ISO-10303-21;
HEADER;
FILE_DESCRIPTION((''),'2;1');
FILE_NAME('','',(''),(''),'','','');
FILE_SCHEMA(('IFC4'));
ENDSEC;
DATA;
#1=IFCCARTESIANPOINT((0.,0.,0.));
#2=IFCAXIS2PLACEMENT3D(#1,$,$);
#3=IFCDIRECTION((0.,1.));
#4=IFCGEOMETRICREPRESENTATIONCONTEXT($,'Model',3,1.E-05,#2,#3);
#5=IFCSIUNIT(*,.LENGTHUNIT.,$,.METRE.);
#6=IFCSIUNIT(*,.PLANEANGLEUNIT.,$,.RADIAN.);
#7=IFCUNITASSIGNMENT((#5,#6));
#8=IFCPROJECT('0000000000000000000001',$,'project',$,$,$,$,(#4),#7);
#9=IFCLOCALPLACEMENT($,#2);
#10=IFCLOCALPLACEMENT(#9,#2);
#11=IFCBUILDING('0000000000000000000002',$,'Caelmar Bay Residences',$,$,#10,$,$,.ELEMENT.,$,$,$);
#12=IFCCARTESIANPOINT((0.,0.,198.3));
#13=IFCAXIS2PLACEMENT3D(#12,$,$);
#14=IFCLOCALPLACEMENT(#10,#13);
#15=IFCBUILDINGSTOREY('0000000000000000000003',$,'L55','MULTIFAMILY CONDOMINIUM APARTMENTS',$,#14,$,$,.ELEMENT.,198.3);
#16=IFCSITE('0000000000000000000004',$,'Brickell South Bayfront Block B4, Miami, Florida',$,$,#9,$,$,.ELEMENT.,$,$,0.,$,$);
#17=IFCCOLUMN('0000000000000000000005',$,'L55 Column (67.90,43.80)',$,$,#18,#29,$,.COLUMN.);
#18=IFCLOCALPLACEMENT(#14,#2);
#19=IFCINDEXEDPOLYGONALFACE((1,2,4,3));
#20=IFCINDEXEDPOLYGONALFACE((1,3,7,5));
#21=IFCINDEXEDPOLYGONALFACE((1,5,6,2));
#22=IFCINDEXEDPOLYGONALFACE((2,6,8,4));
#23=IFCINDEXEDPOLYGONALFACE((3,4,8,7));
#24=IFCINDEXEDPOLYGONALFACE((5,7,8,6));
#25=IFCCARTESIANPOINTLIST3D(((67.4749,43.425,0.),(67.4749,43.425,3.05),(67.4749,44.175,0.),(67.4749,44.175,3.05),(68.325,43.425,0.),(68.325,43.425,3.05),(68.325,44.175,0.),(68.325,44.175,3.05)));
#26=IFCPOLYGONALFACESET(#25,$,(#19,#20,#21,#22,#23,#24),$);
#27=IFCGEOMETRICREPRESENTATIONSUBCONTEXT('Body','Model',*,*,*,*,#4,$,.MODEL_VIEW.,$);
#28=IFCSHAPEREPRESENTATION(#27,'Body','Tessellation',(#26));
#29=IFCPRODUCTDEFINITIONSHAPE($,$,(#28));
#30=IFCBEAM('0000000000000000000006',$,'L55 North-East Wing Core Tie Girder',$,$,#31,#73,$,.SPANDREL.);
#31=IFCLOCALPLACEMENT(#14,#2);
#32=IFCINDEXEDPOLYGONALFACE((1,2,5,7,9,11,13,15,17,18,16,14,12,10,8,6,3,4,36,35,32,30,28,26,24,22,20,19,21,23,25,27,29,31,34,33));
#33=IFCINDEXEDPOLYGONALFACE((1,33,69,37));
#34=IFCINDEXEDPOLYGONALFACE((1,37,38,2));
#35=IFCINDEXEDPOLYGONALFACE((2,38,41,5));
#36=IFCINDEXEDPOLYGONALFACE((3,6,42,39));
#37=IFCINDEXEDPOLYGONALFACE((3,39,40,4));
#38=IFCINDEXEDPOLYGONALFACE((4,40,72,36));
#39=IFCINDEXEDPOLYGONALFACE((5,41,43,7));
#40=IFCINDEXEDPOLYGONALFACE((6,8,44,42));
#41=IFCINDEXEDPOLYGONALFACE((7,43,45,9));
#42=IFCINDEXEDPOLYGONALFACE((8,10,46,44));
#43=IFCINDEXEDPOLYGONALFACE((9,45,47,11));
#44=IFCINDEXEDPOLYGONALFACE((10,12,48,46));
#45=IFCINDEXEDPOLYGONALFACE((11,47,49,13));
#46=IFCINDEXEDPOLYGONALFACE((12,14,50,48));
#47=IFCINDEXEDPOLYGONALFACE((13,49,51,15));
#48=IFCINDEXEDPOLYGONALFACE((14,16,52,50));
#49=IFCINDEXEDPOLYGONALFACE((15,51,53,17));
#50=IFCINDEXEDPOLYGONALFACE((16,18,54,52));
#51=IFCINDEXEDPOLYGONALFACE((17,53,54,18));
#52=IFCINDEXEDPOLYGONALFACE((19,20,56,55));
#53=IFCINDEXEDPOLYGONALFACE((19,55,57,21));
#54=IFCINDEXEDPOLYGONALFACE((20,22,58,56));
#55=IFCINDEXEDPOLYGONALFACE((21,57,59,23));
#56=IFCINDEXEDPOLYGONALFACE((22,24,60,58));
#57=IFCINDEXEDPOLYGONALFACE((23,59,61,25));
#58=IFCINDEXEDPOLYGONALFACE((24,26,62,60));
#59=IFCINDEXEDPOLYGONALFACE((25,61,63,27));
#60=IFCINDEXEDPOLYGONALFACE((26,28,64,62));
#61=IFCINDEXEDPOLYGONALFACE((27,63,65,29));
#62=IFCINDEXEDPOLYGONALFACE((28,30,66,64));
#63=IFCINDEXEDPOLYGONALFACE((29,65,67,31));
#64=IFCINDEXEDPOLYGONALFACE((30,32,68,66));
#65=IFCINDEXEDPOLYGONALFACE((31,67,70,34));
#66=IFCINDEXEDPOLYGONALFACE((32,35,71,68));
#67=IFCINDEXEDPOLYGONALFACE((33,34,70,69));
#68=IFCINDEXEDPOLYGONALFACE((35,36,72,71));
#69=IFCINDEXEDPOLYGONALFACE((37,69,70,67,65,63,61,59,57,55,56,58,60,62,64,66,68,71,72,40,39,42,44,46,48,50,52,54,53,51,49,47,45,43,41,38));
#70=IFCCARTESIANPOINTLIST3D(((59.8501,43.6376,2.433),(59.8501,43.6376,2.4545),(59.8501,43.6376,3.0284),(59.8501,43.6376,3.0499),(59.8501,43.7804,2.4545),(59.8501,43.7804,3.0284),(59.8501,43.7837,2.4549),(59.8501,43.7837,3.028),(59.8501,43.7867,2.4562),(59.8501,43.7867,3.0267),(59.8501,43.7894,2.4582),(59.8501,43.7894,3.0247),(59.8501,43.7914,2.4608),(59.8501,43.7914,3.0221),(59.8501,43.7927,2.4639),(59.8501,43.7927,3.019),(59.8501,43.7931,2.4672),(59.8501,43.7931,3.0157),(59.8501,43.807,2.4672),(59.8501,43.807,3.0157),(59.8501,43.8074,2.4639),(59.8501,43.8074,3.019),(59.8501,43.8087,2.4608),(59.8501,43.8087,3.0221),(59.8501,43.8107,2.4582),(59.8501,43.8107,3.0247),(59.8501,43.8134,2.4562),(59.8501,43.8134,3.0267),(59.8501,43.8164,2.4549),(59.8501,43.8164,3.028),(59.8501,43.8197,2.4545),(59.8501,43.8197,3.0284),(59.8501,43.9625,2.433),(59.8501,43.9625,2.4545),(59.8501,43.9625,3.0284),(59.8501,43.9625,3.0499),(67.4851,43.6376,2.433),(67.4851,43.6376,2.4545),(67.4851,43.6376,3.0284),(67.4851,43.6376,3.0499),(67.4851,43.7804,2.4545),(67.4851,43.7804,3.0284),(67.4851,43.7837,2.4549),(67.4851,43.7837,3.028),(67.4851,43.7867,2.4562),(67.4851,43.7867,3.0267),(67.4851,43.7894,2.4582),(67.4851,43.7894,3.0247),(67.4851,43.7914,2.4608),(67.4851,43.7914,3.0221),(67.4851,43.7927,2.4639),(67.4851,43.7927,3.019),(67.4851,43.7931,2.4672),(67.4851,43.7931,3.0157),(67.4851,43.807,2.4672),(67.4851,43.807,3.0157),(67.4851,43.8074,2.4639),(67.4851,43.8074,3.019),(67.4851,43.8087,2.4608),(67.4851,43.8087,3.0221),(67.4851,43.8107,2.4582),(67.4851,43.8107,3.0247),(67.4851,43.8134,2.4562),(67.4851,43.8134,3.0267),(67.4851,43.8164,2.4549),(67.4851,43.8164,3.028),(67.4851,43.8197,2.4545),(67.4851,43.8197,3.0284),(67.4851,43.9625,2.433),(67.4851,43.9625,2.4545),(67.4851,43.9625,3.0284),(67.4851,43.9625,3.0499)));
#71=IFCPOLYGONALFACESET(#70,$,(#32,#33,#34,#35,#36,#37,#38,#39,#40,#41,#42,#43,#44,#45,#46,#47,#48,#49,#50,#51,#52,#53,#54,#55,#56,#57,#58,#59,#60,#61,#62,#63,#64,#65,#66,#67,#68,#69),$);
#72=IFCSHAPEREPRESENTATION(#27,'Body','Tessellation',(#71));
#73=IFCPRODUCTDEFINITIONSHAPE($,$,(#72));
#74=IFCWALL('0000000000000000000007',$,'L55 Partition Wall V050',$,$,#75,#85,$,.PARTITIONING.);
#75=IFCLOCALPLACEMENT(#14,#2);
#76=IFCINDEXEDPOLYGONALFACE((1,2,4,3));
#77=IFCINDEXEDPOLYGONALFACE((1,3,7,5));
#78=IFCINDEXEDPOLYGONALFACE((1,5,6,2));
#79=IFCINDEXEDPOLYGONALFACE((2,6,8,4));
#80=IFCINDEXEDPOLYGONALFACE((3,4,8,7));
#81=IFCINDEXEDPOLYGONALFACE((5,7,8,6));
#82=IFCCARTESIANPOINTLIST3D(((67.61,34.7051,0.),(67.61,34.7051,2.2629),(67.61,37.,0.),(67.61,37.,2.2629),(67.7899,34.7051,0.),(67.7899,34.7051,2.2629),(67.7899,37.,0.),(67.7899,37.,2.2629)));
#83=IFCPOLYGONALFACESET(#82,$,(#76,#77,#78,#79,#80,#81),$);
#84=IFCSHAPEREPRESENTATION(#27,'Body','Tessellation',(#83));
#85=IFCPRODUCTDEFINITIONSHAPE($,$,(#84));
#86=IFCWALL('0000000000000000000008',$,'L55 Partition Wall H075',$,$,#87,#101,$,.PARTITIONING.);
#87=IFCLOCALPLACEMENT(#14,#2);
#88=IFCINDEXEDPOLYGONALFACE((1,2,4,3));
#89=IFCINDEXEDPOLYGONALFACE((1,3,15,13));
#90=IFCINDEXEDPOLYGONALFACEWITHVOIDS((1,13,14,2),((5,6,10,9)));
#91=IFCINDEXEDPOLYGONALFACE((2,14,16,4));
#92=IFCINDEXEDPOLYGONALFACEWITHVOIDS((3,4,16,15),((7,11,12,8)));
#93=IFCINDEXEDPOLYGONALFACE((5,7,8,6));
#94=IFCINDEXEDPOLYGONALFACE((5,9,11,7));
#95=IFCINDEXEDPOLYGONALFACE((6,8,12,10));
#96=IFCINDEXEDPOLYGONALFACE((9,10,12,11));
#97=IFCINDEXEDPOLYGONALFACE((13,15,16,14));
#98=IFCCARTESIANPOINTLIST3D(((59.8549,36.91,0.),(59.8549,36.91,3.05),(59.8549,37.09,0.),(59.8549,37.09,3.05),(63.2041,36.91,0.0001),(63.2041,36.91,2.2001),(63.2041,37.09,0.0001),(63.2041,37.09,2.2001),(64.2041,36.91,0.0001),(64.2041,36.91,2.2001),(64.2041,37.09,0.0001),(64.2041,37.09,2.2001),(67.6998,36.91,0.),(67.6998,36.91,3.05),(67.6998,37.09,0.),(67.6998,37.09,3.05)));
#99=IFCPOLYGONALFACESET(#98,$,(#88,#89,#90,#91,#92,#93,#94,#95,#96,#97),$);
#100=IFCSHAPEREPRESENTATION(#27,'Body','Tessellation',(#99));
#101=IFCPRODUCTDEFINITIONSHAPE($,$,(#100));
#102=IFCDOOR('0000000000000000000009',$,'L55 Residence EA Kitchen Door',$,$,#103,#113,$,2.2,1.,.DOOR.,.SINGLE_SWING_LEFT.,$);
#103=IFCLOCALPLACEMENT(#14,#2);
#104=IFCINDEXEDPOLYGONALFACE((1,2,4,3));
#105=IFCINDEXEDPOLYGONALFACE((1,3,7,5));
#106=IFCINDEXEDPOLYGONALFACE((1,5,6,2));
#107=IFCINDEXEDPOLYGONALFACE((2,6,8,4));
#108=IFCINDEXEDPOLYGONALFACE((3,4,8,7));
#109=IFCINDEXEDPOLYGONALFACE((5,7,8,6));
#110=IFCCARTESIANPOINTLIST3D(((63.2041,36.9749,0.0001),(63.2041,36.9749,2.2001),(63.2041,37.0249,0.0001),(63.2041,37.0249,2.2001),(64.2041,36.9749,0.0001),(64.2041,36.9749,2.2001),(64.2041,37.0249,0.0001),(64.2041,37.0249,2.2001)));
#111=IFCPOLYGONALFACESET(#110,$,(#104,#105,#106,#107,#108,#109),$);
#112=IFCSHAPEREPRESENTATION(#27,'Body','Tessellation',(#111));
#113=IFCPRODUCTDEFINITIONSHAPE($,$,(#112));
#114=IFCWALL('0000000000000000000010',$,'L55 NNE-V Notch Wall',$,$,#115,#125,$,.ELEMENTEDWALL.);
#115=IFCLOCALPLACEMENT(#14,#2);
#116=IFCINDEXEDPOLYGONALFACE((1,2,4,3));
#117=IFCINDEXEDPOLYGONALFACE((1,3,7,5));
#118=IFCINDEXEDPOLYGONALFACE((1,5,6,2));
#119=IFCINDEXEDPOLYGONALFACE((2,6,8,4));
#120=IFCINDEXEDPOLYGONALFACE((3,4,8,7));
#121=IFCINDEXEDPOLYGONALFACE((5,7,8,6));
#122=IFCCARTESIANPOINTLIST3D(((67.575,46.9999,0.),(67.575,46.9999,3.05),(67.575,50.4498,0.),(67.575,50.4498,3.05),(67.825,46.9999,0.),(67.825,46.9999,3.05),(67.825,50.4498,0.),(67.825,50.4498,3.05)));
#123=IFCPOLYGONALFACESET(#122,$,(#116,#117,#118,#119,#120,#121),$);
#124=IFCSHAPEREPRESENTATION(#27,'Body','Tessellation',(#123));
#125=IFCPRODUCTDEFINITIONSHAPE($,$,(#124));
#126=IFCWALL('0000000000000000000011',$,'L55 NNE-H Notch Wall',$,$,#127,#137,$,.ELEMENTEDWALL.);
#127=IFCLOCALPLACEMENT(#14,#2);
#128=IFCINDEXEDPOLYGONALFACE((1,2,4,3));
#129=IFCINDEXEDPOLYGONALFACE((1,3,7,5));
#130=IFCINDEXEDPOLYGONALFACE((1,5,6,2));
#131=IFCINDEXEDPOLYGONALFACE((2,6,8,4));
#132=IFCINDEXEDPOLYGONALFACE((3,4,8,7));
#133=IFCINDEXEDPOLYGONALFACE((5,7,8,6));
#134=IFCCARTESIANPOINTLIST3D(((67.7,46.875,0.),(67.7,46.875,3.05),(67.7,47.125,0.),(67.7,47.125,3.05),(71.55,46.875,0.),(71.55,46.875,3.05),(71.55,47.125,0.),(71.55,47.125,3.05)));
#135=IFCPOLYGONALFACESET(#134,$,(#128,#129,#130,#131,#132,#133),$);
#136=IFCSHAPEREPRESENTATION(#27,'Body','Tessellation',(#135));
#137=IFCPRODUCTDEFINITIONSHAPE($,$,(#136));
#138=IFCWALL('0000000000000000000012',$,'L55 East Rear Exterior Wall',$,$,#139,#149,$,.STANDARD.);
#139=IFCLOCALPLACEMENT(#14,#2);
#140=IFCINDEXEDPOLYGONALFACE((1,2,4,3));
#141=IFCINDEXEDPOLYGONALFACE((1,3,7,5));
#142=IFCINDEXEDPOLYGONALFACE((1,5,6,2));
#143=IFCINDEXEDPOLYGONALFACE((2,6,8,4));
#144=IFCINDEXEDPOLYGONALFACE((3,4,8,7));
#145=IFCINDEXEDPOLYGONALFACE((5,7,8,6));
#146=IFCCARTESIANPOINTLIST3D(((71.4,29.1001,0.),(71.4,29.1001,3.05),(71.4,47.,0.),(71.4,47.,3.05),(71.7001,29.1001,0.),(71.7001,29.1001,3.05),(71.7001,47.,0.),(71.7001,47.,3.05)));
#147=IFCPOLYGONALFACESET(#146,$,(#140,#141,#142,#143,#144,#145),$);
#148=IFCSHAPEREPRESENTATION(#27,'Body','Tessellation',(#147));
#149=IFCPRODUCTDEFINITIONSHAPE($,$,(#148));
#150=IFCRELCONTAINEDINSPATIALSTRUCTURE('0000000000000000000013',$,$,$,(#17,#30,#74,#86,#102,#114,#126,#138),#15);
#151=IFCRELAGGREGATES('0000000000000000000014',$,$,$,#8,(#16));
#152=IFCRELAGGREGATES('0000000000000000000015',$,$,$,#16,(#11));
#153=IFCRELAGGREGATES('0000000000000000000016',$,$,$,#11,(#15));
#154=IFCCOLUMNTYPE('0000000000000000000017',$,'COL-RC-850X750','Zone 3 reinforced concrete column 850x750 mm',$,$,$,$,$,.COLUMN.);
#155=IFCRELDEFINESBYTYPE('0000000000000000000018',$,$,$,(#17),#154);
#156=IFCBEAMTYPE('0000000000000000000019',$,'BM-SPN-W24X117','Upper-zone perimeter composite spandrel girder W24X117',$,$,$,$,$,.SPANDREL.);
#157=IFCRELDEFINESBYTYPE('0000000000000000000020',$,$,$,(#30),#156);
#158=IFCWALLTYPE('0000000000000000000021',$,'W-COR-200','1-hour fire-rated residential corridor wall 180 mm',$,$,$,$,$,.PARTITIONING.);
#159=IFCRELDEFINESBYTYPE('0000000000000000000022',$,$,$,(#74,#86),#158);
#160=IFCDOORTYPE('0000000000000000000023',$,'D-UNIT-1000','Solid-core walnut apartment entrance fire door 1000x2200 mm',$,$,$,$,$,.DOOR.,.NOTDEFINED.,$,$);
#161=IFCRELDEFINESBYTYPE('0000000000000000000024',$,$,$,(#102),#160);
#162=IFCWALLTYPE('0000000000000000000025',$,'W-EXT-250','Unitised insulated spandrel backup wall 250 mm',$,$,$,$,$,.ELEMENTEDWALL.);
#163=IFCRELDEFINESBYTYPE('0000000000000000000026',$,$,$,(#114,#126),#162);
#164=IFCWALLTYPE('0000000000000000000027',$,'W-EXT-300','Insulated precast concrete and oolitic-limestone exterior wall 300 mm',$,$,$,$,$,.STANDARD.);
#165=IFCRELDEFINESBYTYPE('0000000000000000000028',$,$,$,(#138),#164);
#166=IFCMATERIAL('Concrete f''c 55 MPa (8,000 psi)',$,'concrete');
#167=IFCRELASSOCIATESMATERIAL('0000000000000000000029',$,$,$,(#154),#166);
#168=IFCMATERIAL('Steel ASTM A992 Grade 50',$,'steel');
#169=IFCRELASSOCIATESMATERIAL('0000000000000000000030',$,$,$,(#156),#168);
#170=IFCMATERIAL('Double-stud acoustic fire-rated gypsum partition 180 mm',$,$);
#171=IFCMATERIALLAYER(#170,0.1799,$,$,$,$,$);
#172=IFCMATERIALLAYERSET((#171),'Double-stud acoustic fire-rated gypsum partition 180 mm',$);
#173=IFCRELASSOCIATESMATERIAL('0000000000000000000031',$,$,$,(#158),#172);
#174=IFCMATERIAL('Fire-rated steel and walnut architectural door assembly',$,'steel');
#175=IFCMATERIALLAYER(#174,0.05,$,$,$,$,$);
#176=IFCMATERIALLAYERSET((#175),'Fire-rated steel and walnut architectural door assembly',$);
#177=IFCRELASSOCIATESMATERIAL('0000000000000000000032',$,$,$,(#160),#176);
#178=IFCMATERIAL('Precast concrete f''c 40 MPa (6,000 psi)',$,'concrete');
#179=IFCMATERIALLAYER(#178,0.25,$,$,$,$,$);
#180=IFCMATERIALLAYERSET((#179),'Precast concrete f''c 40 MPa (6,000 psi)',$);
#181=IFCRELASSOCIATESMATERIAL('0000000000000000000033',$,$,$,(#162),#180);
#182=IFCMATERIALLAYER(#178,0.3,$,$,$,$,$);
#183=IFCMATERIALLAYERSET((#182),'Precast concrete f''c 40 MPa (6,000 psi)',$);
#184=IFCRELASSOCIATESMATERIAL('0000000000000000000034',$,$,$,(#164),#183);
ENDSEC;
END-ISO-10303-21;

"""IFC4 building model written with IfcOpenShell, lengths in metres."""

from ifc_helpers import new_model, si_unit, direction, frame, frame_2d, origin, origin_2d, place, context, subcontext, project, spatial, rectangle, i_section, extrude, material, layer, layer_set, material_profile, profile_set, type_object, element, fill, save


model = new_model("IFC4")

# Units and contexts
model_context = context("Model", 3, precision=1e-05, world=origin(), true_north=direction((0.0, 1.0)))
body_context = subcontext(model_context, "Body", "Model", "MODEL_VIEW")
ifc_project = project(units=[si_unit("LENGTHUNIT", "METRE"), si_unit("PLANEANGLEUNIT", "RADIAN")], contexts=[model_context])

# Site, building, storey
site_placement = place(None, origin())
site = spatial("IfcSite", under=ifc_project, at=site_placement, Name="Brickell South Bayfront Block B4, Miami, Florida", CompositionType="ELEMENT", RefElevation=0.0)
building_placement = place(site_placement, origin())
building = spatial("IfcBuilding", under=site, at=building_placement, Name="Caelmar Bay Residences", CompositionType="ELEMENT")
storey_placement = place(building_placement, frame((0.0, 0.0, 198.3)))
storey = spatial("IfcBuildingStorey", under=building, at=storey_placement, Name="L55", Description="MULTIFAMILY CONDOMINIUM APARTMENTS", CompositionType="ELEMENT", Elevation=198.3)

# Column
ifc_material_1 = material(Name="Concrete f'c 55 MPa (8,000 psi)", Category="concrete")
ifc_material_profile_1 = material_profile(ifc_material_1, rectangle(XDim=0.8501, YDim=0.75, at=origin_2d()), Name="RC-COL-850X750")
ifc_profile_set_1 = profile_set([ifc_material_profile_1], Name="Concrete f'c 55 MPa (8,000 psi)")
column_type = type_object("IfcColumnType", Name="COL-RC-850X750", Description="Zone 3 reinforced concrete column 850x750 mm", PredefinedType="COLUMN", material=ifc_profile_set_1)
column_placement = place(storey_placement, frame((67.8999, 43.8, 0.0), z_axis=(0.0, 0.0, 1.0), x_axis=(1.0, 0.0, 0.0)))
element("IfcColumn", 1, at=column_placement, inside=storey, type_object=column_type, Name="L55 Column (67.90,43.80)", PredefinedType="COLUMN", context=body_context, shape_type="SweptSolid", body=[
    extrude(rectangle(XDim=0.8501, YDim=0.75, at=origin_2d()), origin(), (0.0, 0.0, 1.0), 3.05),
])

# Beam
ifc_material_2 = material(Name="Steel ASTM A992 Grade 50", Category="steel")
ifc_material_profile_2 = material_profile(ifc_material_2, i_section(OverallWidth=0.325, OverallDepth=0.6169, WebThickness=0.0139, FlangeThickness=0.0215, FilletRadius=0.0127, at=origin_2d()), Name="W24X117")
ifc_profile_set_2 = profile_set([ifc_material_profile_2], Name="Steel ASTM A992 Grade 50")
beam_type = type_object("IfcBeamType", Name="BM-SPN-W24X117", Description="Upper-zone perimeter composite spandrel girder W24X117", PredefinedType="SPANDREL", material=ifc_profile_set_2)
beam_placement = place(storey_placement, frame((59.8501, 43.8, 2.7415), z_axis=(1.0, 0.0, 0.0), x_axis=(0.0, 1.0, 0.0)))
element("IfcBeam", 2, at=beam_placement, inside=storey, type_object=beam_type, Name="L55 North-East Wing Core Tie Girder", PredefinedType="SPANDREL", context=body_context, shape_type="SweptSolid", body=[
    extrude(i_section(OverallWidth=0.325, OverallDepth=0.6169, WebThickness=0.0139, FlangeThickness=0.0215, FilletRadius=0.0127, at=origin_2d()), origin(), (0.0, 0.0, 1.0), 7.635),
])

# Wall
ifc_material_3 = material(Name="Double-stud acoustic fire-rated gypsum partition 180 mm")
ifc_layer_1 = layer(ifc_material_3, 0.1799)
ifc_layer_set_1 = layer_set([ifc_layer_1], Name="Double-stud acoustic fire-rated gypsum partition 180 mm")
wall_type_1 = type_object("IfcWallType", Name="W-COR-200", Description="1-hour fire-rated residential corridor wall 180 mm", PredefinedType="PARTITIONING", material=ifc_layer_set_1)
wall_1_placement = place(storey_placement, frame((67.7, 34.7051, 0.0), z_axis=(0.0, 0.0, 1.0), x_axis=(0.0, 1.0, 0.0)))
element("IfcWall", 3, at=wall_1_placement, inside=storey, type_object=wall_type_1, Name="L55 Partition Wall V050", PredefinedType="PARTITIONING", context=body_context, shape_type="SweptSolid", body=[
    extrude(rectangle(XDim=2.2949, YDim=0.1799, at=frame_2d((1.1475, 0.0))), origin(), (0.0, 0.0, 1.0), 2.2629),
])

# Wall, opening, door
wall_2_placement = place(storey_placement, frame((59.855, 37.0, 0.0), z_axis=(0.0, 0.0, 1.0), x_axis=(1.0, 0.0, 0.0)))
wall_2 = element("IfcWall", 4, at=wall_2_placement, inside=storey, type_object=wall_type_1, Name="L55 Partition Wall H075", PredefinedType="PARTITIONING", context=body_context, shape_type="SweptSolid", body=[
    extrude(rectangle(XDim=7.845, YDim=0.1799, at=frame_2d((3.9224, 0.0))), origin(), (0.0, 0.0, 1.0), 3.05),
])
opening_1_placement = place(wall_2_placement, frame((3.3491, 0.0, 0.0)))
opening_1 = element("IfcOpeningElement", 5, at=opening_1_placement, cuts=wall_2, PredefinedType="OPENING", context=body_context, shape_type="SweptSolid", body=[
    extrude(rectangle(XDim=1.0, YDim=2.2, at=frame_2d((0.5, 1.1001))), frame((0.0, 0.0999, 0.0), z_axis=(0.0, -1.0, 0.0), x_axis=(1.0, 0.0, 0.0)), (0.0, 0.0, 1.0), 0.2),
])
ifc_material_4 = material(Name="Fire-rated steel and walnut architectural door assembly", Category="steel")
ifc_layer_2 = layer(ifc_material_4, 0.05)
ifc_layer_set_2 = layer_set([ifc_layer_2], Name="Fire-rated steel and walnut architectural door assembly")
door_type_1 = type_object("IfcDoorType", Name="D-UNIT-1000", Description="Solid-core walnut apartment entrance fire door 1000x2200 mm", OperationType="NOTDEFINED", PredefinedType="DOOR", material=ifc_layer_set_2)
door_1_placement = place(opening_1_placement, origin())
door_1 = element("IfcDoor", 6, at=door_1_placement, inside=storey, type_object=door_type_1, Name="L55 Residence EA Kitchen Door", OperationType="SINGLE_SWING_LEFT", OverallHeight=2.2, OverallWidth=1.0, PredefinedType="DOOR", context=body_context, shape_type="SweptSolid", body=[
    extrude(rectangle(XDim=1.0, YDim=2.2, at=frame_2d((0.5, 1.1001))), frame((0.0, 0.0249, 0.0), z_axis=(0.0, -1.0, 0.0), x_axis=(1.0, 0.0, 0.0)), (0.0, 0.0, 1.0), 0.05),
])
fill(opening_1, door_1)

# Walls
ifc_material_5 = material(Name="Precast concrete f'c 40 MPa (6,000 psi)", Category="concrete")
ifc_layer_3 = layer(ifc_material_5, 0.25)
ifc_layer_set_3 = layer_set([ifc_layer_3], Name="Precast concrete f'c 40 MPa (6,000 psi)")
wall_type_2 = type_object("IfcWallType", Name="W-EXT-250", Description="Unitised insulated spandrel backup wall 250 mm", PredefinedType="ELEMENTEDWALL", material=ifc_layer_set_3)
wall_3_placement = place(storey_placement, frame((67.7, 50.45, 0.0), z_axis=(0.0, 0.0, 1.0), x_axis=(0.0, -1.0, 0.0)))
element("IfcWall", 7, at=wall_3_placement, inside=storey, type_object=wall_type_2, Name="L55 NNE-V Notch Wall", PredefinedType="ELEMENTEDWALL", context=body_context, shape_type="SweptSolid", body=[
    extrude(rectangle(XDim=3.45, YDim=0.25, at=frame_2d((1.7251, 0.0))), origin(), (0.0, 0.0, 1.0), 3.05),
])
wall_4_placement = place(storey_placement, frame((67.7, 47.0, 0.0), z_axis=(0.0, 0.0, 1.0), x_axis=(1.0, 0.0, 0.0)))
element("IfcWall", 8, at=wall_4_placement, inside=storey, type_object=wall_type_2, Name="L55 NNE-H Notch Wall", PredefinedType="ELEMENTEDWALL", context=body_context, shape_type="SweptSolid", body=[
    extrude(rectangle(XDim=3.8501, YDim=0.25, at=frame_2d((1.925, 0.0))), origin(), (0.0, 0.0, 1.0), 3.05),
])
ifc_layer_4 = layer(ifc_material_5, 0.3)
ifc_layer_set_4 = layer_set([ifc_layer_4], Name="Precast concrete f'c 40 MPa (6,000 psi)")
wall_type_3 = type_object("IfcWallType", Name="W-EXT-300", Description="Insulated precast concrete and oolitic-limestone exterior wall 300 mm", PredefinedType="STANDARD", material=ifc_layer_set_4)
wall_5_placement = place(storey_placement, frame((71.55, 47.0, 0.0), z_axis=(0.0, 0.0, 1.0), x_axis=(0.0, -1.0, 0.0)))
element("IfcWall", 9, at=wall_5_placement, inside=storey, type_object=wall_type_3, Name="L55 East Rear Exterior Wall", PredefinedType="STANDARD", context=body_context, shape_type="SweptSolid", body=[
    extrude(rectangle(XDim=17.8999, YDim=0.3, at=frame_2d((8.95, 0.0))), origin(), (0.0, 0.0, 1.0), 3.05),
])

save(model, "model.ifc")
